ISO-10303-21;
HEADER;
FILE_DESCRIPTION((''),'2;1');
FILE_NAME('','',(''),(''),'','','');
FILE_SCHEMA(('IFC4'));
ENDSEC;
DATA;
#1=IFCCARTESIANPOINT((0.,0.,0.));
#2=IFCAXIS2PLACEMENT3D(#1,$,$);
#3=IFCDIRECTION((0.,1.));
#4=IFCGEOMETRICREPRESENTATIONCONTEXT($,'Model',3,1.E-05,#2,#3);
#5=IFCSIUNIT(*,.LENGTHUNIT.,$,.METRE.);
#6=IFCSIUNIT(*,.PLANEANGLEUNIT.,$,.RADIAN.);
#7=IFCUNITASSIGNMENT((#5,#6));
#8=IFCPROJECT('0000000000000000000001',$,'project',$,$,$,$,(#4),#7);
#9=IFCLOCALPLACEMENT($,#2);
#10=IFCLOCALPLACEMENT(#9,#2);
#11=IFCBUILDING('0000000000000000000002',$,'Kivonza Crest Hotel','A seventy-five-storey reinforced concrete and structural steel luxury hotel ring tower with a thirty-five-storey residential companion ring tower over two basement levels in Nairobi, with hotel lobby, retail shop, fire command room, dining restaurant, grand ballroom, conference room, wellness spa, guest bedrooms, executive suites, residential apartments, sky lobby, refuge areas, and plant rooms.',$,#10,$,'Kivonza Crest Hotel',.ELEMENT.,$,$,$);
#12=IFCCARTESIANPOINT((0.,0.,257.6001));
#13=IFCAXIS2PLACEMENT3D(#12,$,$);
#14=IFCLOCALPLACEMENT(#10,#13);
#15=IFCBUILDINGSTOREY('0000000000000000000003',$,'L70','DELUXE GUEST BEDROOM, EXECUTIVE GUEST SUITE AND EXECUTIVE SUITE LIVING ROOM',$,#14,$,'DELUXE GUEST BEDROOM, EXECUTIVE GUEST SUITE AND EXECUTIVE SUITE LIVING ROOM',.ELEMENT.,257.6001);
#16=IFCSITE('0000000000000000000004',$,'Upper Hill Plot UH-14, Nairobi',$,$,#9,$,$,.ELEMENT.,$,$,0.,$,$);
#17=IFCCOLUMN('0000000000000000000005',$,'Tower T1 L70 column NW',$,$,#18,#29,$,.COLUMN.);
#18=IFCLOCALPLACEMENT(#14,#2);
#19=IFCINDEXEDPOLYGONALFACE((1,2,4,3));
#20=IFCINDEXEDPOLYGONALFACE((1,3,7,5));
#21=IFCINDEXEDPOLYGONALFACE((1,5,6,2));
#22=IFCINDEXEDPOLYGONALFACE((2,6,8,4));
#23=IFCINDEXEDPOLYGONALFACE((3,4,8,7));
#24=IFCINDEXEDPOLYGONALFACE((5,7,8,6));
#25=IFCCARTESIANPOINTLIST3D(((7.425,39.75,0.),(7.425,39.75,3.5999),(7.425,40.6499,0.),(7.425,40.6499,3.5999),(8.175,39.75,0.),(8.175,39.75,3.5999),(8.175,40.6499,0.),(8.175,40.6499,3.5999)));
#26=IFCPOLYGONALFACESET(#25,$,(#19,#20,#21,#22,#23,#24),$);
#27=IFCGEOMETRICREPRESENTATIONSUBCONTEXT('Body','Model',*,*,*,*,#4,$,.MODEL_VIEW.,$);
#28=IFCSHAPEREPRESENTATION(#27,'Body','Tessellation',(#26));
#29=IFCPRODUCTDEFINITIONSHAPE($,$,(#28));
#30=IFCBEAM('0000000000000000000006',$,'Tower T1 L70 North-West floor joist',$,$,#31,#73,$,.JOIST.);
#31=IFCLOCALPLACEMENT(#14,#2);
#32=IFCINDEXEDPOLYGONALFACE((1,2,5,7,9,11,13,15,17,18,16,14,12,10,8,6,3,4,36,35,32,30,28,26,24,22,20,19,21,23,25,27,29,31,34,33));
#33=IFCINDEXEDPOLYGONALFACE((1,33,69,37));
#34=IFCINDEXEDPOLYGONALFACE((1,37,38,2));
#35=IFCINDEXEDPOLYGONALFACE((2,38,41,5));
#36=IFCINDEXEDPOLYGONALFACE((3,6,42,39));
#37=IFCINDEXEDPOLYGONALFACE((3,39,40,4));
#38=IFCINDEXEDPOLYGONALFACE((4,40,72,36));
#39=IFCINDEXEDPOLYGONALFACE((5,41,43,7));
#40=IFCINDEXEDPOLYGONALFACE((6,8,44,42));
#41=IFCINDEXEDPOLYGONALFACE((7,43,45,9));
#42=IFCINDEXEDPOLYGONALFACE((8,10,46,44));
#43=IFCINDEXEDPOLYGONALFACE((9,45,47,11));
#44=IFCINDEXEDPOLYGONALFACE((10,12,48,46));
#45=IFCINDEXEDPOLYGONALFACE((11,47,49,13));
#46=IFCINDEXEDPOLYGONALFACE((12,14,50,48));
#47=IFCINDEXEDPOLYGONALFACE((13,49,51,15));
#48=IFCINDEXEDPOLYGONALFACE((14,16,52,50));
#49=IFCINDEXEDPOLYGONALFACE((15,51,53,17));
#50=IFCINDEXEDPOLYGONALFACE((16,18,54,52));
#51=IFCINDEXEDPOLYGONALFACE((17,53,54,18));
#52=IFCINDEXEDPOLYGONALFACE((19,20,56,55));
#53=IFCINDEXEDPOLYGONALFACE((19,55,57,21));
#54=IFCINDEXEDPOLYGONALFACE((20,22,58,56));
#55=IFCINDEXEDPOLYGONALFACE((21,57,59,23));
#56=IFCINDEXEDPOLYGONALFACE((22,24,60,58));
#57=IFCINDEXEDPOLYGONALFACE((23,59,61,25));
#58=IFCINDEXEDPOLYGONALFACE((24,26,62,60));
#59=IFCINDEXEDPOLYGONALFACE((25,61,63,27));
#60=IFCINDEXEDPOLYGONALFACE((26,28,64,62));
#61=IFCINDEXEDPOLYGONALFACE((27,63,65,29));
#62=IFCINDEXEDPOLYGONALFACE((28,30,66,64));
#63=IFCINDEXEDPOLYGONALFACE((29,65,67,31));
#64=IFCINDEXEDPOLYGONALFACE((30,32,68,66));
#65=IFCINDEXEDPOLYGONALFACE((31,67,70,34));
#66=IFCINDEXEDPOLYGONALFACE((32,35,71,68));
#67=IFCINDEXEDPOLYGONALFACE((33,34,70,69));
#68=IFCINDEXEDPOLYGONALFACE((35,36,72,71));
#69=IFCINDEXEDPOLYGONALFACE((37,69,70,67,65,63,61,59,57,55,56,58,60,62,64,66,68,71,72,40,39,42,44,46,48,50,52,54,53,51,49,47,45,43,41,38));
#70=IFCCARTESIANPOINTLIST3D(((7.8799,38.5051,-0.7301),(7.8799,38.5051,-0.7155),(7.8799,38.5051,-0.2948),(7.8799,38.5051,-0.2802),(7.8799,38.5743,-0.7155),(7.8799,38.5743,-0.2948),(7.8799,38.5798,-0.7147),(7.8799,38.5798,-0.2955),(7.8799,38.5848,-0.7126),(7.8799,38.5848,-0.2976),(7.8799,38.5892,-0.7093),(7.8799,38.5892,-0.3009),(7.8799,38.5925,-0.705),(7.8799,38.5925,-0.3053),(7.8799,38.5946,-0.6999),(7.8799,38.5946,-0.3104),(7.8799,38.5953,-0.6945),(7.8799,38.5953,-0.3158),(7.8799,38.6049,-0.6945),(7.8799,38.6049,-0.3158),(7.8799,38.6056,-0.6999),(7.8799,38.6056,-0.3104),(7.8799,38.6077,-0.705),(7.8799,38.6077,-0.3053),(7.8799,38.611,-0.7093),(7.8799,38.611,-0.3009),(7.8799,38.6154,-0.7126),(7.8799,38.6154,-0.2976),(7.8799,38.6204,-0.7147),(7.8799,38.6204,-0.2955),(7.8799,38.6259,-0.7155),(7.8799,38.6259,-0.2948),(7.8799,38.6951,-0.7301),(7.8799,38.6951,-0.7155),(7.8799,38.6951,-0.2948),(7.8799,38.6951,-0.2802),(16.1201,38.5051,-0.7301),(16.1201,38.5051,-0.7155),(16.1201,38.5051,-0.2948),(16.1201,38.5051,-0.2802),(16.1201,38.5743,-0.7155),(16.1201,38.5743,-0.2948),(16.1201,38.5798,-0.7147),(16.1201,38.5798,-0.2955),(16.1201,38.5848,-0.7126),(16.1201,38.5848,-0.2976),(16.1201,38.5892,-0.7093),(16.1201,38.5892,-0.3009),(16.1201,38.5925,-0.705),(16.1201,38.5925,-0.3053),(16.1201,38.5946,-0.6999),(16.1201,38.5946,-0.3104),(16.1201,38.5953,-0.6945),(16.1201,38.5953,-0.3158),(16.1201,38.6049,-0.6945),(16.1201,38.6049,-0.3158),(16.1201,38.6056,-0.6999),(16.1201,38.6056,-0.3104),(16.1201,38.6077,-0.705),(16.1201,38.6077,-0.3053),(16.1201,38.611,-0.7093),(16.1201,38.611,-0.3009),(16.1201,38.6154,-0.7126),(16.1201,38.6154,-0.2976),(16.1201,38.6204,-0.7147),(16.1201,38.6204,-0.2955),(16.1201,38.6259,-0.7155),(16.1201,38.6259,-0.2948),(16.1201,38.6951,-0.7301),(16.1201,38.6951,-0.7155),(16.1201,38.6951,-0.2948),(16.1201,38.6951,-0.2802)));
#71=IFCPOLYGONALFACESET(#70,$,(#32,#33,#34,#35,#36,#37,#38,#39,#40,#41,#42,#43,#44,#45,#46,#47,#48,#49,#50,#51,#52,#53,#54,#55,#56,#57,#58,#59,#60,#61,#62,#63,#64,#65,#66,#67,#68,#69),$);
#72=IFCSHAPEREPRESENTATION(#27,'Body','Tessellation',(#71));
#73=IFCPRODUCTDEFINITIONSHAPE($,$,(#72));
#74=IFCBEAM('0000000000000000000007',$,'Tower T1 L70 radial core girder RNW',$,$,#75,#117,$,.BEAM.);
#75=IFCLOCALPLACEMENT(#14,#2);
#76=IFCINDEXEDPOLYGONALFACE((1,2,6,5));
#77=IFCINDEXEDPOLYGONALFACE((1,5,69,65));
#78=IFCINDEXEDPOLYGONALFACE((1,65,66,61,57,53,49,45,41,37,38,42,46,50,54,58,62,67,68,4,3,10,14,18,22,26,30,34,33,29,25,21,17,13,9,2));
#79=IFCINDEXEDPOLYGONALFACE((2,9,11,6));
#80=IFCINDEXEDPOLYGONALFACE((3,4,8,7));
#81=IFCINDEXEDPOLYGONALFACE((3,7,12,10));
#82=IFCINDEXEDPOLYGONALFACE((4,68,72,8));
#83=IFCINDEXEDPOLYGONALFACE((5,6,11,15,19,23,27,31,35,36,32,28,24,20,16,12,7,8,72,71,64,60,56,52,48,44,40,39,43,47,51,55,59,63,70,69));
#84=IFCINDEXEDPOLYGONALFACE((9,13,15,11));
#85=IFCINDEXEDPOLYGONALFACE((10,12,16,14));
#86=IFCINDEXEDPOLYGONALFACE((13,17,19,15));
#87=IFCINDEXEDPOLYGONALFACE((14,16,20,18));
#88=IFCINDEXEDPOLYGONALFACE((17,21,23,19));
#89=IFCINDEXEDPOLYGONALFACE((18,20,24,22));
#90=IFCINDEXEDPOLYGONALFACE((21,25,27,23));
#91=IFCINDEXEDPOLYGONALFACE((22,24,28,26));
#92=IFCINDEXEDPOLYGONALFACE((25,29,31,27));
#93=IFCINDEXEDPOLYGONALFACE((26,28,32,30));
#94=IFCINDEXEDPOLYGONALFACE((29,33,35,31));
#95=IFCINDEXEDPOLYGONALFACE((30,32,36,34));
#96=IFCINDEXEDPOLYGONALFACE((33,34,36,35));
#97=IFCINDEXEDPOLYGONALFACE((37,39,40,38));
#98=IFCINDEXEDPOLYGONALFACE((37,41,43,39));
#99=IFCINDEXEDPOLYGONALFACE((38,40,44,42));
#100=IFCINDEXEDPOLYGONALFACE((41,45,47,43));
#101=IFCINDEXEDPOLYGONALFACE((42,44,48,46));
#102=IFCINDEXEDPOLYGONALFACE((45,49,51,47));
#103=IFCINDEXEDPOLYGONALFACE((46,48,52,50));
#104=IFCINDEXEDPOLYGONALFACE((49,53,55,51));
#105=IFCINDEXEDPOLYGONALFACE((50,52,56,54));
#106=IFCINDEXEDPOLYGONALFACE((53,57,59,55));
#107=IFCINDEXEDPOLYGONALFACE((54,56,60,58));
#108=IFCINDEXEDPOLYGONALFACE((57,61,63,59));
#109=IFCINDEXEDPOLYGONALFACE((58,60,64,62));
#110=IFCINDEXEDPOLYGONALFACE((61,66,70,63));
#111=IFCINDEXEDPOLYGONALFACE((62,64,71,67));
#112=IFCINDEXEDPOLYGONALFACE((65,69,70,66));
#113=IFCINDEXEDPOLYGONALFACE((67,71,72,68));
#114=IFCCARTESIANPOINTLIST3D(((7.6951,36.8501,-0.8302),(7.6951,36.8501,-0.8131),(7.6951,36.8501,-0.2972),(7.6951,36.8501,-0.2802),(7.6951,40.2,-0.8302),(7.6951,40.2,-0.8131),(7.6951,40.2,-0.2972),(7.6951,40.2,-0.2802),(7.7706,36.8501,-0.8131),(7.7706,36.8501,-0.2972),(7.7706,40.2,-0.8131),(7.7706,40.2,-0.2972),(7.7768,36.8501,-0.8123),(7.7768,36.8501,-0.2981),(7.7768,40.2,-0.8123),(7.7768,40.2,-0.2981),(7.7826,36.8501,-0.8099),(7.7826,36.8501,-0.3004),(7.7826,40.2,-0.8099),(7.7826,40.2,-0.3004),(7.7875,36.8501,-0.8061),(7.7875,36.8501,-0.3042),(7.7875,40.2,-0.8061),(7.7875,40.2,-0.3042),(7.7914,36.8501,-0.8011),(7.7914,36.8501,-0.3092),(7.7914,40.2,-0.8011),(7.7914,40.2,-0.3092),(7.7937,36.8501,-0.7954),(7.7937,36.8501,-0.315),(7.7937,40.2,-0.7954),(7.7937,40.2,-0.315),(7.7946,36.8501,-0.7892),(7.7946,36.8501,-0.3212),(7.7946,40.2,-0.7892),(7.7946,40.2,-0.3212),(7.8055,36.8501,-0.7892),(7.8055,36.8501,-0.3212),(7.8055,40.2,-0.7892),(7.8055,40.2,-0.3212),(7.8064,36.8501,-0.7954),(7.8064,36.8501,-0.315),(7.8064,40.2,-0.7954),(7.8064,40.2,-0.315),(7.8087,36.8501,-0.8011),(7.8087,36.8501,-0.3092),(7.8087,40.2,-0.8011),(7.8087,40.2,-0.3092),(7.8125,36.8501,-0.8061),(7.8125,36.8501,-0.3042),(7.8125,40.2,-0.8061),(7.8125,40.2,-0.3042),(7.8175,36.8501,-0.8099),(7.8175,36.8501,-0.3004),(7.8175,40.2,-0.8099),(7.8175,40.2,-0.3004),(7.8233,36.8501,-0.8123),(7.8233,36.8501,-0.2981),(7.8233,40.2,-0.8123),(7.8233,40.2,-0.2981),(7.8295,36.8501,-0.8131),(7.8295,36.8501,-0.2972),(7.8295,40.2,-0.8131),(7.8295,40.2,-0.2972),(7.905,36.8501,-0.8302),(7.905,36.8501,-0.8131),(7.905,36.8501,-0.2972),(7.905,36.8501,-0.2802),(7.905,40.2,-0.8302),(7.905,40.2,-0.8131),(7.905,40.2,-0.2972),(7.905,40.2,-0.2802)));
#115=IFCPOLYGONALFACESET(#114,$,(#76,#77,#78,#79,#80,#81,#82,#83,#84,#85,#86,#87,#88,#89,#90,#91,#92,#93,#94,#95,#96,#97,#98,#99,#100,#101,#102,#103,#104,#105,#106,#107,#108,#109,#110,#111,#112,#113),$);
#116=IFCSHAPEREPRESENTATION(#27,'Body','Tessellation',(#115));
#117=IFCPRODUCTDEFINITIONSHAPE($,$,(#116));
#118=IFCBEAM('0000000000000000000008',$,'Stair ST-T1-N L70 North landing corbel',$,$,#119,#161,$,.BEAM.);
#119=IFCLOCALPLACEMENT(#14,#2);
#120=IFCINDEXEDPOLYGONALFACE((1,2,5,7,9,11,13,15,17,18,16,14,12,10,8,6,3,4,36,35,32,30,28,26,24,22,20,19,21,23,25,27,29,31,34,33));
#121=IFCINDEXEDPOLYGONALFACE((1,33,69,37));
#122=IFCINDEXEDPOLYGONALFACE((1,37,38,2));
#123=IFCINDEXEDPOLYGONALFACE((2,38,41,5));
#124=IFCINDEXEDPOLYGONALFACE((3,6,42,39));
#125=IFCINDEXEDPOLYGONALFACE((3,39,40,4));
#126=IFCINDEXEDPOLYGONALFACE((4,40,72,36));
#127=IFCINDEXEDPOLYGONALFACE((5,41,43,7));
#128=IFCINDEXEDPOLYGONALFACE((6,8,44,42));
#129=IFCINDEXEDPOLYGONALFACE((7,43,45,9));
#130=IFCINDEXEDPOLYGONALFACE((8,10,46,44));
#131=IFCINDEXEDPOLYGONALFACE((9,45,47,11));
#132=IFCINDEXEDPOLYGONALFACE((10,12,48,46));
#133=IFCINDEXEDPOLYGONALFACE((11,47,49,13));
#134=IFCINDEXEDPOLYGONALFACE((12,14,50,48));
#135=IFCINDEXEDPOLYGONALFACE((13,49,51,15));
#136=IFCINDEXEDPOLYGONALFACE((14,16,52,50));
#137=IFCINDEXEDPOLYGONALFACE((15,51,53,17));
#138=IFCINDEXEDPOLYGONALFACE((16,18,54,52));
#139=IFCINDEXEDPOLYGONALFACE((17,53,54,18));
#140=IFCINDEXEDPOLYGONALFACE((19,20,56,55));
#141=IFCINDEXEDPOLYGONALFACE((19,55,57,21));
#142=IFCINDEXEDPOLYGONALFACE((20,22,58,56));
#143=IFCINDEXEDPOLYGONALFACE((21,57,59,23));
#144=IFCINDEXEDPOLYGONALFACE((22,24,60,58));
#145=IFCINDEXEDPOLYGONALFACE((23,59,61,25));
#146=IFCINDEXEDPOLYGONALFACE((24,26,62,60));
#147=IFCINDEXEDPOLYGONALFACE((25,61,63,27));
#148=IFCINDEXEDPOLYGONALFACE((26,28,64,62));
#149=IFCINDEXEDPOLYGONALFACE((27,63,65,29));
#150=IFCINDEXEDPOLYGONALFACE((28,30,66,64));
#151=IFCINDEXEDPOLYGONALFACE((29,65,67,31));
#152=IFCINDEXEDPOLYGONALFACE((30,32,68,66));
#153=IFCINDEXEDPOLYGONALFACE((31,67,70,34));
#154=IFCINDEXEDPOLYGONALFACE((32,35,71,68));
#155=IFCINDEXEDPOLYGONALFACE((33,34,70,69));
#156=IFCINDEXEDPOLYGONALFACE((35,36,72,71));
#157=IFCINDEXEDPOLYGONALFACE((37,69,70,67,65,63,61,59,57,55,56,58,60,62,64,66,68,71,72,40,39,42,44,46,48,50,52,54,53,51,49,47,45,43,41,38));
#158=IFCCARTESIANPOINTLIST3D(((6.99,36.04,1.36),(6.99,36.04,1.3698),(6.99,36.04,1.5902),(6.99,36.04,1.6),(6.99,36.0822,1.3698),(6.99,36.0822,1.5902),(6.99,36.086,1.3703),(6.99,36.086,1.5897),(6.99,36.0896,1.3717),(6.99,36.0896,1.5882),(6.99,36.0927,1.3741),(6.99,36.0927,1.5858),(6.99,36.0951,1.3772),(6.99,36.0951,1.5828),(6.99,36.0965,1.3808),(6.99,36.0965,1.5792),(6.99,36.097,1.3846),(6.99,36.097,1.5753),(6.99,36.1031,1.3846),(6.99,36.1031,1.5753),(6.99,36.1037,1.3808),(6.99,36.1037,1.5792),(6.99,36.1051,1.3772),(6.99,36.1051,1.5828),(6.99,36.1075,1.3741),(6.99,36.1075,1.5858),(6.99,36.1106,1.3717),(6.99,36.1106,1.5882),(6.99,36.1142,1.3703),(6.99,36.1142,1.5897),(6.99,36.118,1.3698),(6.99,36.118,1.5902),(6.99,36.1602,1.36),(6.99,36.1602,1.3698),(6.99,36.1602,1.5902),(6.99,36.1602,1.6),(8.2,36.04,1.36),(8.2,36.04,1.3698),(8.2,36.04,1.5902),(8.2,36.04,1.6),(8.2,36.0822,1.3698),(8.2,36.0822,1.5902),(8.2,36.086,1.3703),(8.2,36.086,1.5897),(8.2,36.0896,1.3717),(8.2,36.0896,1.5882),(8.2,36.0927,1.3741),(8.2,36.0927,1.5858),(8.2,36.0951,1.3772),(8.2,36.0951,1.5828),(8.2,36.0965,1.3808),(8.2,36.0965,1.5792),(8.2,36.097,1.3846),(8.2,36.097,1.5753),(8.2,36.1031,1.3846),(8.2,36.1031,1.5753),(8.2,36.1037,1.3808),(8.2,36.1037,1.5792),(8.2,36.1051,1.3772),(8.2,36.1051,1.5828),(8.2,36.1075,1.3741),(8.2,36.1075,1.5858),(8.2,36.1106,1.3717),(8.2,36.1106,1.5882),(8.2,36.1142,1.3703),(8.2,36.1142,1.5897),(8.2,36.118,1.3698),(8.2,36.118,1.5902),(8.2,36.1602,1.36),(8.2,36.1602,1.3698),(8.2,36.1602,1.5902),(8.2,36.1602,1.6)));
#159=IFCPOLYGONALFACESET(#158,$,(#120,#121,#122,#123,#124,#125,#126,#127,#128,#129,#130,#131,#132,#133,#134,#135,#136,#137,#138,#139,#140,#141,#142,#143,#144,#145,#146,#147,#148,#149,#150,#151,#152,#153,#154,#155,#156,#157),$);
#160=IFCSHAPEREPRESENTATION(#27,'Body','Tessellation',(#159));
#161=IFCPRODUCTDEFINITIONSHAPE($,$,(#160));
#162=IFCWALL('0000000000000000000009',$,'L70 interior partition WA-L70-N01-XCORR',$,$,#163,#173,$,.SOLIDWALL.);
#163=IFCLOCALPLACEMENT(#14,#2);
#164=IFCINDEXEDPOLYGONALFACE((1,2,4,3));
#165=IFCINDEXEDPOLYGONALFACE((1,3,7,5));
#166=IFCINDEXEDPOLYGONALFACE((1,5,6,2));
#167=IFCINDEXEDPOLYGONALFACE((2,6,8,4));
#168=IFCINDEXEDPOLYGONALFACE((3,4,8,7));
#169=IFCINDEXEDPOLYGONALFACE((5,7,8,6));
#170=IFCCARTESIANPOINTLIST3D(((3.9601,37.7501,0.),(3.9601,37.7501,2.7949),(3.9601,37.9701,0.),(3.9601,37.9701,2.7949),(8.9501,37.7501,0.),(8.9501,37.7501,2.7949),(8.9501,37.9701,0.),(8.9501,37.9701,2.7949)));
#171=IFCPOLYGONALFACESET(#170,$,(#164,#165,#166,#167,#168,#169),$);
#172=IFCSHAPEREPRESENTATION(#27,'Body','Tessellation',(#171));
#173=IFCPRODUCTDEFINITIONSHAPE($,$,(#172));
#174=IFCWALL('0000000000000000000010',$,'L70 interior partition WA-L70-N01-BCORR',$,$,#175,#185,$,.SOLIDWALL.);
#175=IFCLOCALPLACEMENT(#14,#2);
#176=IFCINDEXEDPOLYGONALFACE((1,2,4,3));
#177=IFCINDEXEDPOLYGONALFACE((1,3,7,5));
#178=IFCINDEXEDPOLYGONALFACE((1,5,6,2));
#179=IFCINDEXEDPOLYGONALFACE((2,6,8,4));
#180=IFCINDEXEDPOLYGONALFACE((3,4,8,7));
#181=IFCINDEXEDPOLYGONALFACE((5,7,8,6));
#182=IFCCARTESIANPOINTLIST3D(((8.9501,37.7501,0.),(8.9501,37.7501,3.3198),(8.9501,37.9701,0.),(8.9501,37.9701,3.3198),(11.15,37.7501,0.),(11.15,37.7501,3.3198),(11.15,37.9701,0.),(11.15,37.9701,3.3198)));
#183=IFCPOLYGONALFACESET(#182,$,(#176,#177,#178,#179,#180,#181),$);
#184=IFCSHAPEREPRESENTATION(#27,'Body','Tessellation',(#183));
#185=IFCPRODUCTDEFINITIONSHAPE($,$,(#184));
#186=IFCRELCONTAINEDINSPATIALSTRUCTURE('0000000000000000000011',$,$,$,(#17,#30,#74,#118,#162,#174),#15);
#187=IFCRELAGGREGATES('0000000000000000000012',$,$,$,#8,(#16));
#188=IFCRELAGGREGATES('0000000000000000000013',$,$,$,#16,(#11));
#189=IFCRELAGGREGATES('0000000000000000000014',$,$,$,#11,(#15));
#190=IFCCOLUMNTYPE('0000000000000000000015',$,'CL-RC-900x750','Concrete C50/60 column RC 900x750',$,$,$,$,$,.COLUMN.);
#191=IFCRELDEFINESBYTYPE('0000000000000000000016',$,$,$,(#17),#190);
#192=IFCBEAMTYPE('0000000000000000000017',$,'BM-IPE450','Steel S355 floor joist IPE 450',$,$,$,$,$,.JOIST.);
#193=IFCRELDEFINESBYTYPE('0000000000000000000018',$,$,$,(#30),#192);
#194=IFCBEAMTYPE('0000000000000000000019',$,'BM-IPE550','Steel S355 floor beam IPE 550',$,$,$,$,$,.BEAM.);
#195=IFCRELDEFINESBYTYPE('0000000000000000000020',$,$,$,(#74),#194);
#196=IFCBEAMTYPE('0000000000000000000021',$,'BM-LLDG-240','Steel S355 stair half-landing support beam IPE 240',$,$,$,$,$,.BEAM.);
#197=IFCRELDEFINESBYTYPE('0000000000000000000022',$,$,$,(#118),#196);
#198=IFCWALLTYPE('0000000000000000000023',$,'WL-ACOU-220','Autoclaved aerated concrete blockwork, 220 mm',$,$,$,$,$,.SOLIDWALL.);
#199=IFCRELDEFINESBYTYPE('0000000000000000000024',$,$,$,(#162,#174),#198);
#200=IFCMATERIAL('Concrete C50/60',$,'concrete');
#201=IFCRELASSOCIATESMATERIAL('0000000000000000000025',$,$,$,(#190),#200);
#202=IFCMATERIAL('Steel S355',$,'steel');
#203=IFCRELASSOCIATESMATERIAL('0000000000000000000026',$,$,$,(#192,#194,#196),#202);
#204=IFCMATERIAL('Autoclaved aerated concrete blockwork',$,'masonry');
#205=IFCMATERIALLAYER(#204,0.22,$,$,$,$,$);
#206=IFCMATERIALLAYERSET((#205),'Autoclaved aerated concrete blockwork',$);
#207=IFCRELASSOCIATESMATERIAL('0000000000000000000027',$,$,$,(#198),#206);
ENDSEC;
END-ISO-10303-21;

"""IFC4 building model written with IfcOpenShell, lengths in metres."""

from ifc_helpers import new_model, si_unit, direction, frame, frame_2d, origin, origin_2d, place, context, subcontext, project, spatial, rectangle, i_section, extrude, material, layer, layer_set, material_profile, profile_set, type_object, element, save


model = new_model("IFC4")

# Units and contexts
model_context = context("Model", 3, precision=1e-05, world=origin(), true_north=direction((0.0, 1.0)))
body_context = subcontext(model_context, "Body", "Model", "MODEL_VIEW")
ifc_project = project(units=[si_unit("LENGTHUNIT", "METRE"), si_unit("PLANEANGLEUNIT", "RADIAN")], contexts=[model_context])

# Site, building, storey
site_placement = place(None, origin())
site = spatial("IfcSite", under=ifc_project, at=site_placement, Name="Upper Hill Plot UH-14, Nairobi", CompositionType="ELEMENT", RefElevation=0.0)
building_placement = place(site_placement, origin())
building = spatial("IfcBuilding", under=site, at=building_placement, Name="Kivonza Crest Hotel", Description="A seventy-five-storey reinforced concrete and structural steel luxury hotel ring tower with a thirty-five-storey residential companion ring tower over two basement levels in Nairobi, with hotel lobby, retail shop, fire command room, dining restaurant, grand ballroom, conference room, wellness spa, guest bedrooms, executive suites, residential apartments, sky lobby, refuge areas, and plant rooms.", LongName="Kivonza Crest Hotel", CompositionType="ELEMENT")
storey_placement = place(building_placement, frame((0.0, 0.0, 257.6001)))
storey = spatial("IfcBuildingStorey", under=building, at=storey_placement, Name="L70", Description="DELUXE GUEST BEDROOM, EXECUTIVE GUEST SUITE AND EXECUTIVE SUITE LIVING ROOM", LongName="DELUXE GUEST BEDROOM, EXECUTIVE GUEST SUITE AND EXECUTIVE SUITE LIVING ROOM", CompositionType="ELEMENT", Elevation=257.6001)

# Column
ifc_material_1 = material(Name="Concrete C50/60", Category="concrete")
ifc_material_profile_1 = material_profile(ifc_material_1, rectangle(XDim=0.75, YDim=0.8999, at=origin_2d()), Name="RC 900x750")
ifc_profile_set_1 = profile_set([ifc_material_profile_1], Name="Concrete C50/60")
column_type = type_object("IfcColumnType", Name="CL-RC-900x750", Description="Concrete C50/60 column RC 900x750", PredefinedType="COLUMN", material=ifc_profile_set_1)
column_placement = place(storey_placement, frame((7.8, 40.2, 0.0), z_axis=(0.0, 0.0, 1.0), x_axis=(1.0, 0.0, 0.0)))
element("IfcColumn", 1, at=column_placement, inside=storey, type_object=column_type, Name="Tower T1 L70 column NW", PredefinedType="COLUMN", context=body_context, shape_type="SweptSolid", body=[
    extrude(rectangle(XDim=0.75, YDim=0.8999, at=origin_2d()), origin(), (0.0, 0.0, 1.0), 3.5999),
])

# Beams
ifc_material_2 = material(Name="Steel S355", Category="steel")
ifc_material_profile_2 = material_profile(ifc_material_2, i_section(OverallWidth=0.1899, OverallDepth=0.45, WebThickness=0.0095, FlangeThickness=0.0146, FilletRadius=0.021, at=origin_2d()), Name="IPE 450")
ifc_profile_set_2 = profile_set([ifc_material_profile_2], Name="Steel S355")
beam_type_1 = type_object("IfcBeamType", Name="BM-IPE450", Description="Steel S355 floor joist IPE 450", PredefinedType="JOIST", material=ifc_profile_set_2)
beam_1_placement = place(storey_placement, frame((7.8799, 38.6001, -0.5051), z_axis=(1.0, 0.0, 0.0), x_axis=(0.0, 1.0, 0.0)))
element("IfcBeam", 2, at=beam_1_placement, inside=storey, type_object=beam_type_1, Name="Tower T1 L70 North-West floor joist", PredefinedType="JOIST", context=body_context, shape_type="SweptSolid", body=[
    extrude(i_section(OverallWidth=0.1899, OverallDepth=0.45, WebThickness=0.0095, FlangeThickness=0.0146, FilletRadius=0.021, at=origin_2d()), origin(), (0.0, 0.0, 1.0), 8.2402),
])
ifc_material_profile_3 = material_profile(ifc_material_2, i_section(OverallWidth=0.21, OverallDepth=0.55, WebThickness=0.011, FlangeThickness=0.0171, FilletRadius=0.0239, at=origin_2d()), Name="IPE 550")
ifc_profile_set_3 = profile_set([ifc_material_profile_3], Name="Steel S355")
beam_type_2 = type_object("IfcBeamType", Name="BM-IPE550", Description="Steel S355 floor beam IPE 550", PredefinedType="BEAM", material=ifc_profile_set_3)
beam_2_placement = place(storey_placement, frame((7.8, 40.2, -0.5552), z_axis=(0.0, -1.0, 0.0), x_axis=(1.0, 0.0, 0.0)))
element("IfcBeam", 3, at=beam_2_placement, inside=storey, type_object=beam_type_2, Name="Tower T1 L70 radial core girder RNW", PredefinedType="BEAM", context=body_context, shape_type="SweptSolid", body=[
    extrude(i_section(OverallWidth=0.21, OverallDepth=0.55, WebThickness=0.011, FlangeThickness=0.0171, FilletRadius=0.0239, at=origin_2d()), origin(), (0.0, 0.0, 1.0), 3.3499),
])
ifc_material_profile_4 = material_profile(ifc_material_2, i_section(OverallWidth=0.1201, OverallDepth=0.24, WebThickness=0.0061, FlangeThickness=0.0098, FilletRadius=0.0149, at=origin_2d()), Name="IPE 240")
ifc_profile_set_4 = profile_set([ifc_material_profile_4], Name="Steel S355")
beam_type_3 = type_object("IfcBeamType", Name="BM-LLDG-240", Description="Steel S355 stair half-landing support beam IPE 240", PredefinedType="BEAM", material=ifc_profile_set_4)
beam_3_placement = place(storey_placement, frame((6.99, 36.1001, 1.48), z_axis=(1.0, 0.0, 0.0), x_axis=(0.0, 1.0, 0.0)))
element("IfcBeam", 4, at=beam_3_placement, inside=storey, type_object=beam_type_3, Name="Stair ST-T1-N L70 North landing corbel", PredefinedType="BEAM", context=body_context, shape_type="SweptSolid", body=[
    extrude(i_section(OverallWidth=0.1201, OverallDepth=0.24, WebThickness=0.0061, FlangeThickness=0.0098, FilletRadius=0.0149, at=origin_2d()), origin(), (0.0, 0.0, 1.0), 1.21),
])

# Walls
ifc_material_3 = material(Name="Autoclaved aerated concrete blockwork", Category="masonry")
ifc_layer_1 = layer(ifc_material_3, 0.22)
ifc_layer_set_1 = layer_set([ifc_layer_1], Name="Autoclaved aerated concrete blockwork")
wall_type_1 = type_object("IfcWallType", Name="WL-ACOU-220", Description="Autoclaved aerated concrete blockwork, 220 mm", PredefinedType="SOLIDWALL", material=ifc_layer_set_1)
wall_1_placement = place(storey_placement, frame((3.96, 37.8601, 0.0), z_axis=(0.0, 0.0, 1.0), x_axis=(1.0, 0.0, 0.0)))
element("IfcWall", 5, at=wall_1_placement, inside=storey, type_object=wall_type_1, Name="L70 interior partition WA-L70-N01-XCORR", PredefinedType="SOLIDWALL", context=body_context, shape_type="SweptSolid", body=[
    extrude(rectangle(XDim=4.99, YDim=0.22, at=frame_2d((2.4951, 0.0))), origin(), (0.0, 0.0, 1.0), 2.7949),
])
wall_2_placement = place(storey_placement, frame((8.95, 37.8601, 0.0), z_axis=(0.0, 0.0, 1.0), x_axis=(1.0, 0.0, 0.0)))
element("IfcWall", 6, at=wall_2_placement, inside=storey, type_object=wall_type_1, Name="L70 interior partition WA-L70-N01-BCORR", PredefinedType="SOLIDWALL", context=body_context, shape_type="SweptSolid", body=[
    extrude(rectangle(XDim=2.2, YDim=0.22, at=frame_2d((1.1001, 0.0))), origin(), (0.0, 0.0, 1.0), 3.3198),
])

save(model, "model.ifc")
